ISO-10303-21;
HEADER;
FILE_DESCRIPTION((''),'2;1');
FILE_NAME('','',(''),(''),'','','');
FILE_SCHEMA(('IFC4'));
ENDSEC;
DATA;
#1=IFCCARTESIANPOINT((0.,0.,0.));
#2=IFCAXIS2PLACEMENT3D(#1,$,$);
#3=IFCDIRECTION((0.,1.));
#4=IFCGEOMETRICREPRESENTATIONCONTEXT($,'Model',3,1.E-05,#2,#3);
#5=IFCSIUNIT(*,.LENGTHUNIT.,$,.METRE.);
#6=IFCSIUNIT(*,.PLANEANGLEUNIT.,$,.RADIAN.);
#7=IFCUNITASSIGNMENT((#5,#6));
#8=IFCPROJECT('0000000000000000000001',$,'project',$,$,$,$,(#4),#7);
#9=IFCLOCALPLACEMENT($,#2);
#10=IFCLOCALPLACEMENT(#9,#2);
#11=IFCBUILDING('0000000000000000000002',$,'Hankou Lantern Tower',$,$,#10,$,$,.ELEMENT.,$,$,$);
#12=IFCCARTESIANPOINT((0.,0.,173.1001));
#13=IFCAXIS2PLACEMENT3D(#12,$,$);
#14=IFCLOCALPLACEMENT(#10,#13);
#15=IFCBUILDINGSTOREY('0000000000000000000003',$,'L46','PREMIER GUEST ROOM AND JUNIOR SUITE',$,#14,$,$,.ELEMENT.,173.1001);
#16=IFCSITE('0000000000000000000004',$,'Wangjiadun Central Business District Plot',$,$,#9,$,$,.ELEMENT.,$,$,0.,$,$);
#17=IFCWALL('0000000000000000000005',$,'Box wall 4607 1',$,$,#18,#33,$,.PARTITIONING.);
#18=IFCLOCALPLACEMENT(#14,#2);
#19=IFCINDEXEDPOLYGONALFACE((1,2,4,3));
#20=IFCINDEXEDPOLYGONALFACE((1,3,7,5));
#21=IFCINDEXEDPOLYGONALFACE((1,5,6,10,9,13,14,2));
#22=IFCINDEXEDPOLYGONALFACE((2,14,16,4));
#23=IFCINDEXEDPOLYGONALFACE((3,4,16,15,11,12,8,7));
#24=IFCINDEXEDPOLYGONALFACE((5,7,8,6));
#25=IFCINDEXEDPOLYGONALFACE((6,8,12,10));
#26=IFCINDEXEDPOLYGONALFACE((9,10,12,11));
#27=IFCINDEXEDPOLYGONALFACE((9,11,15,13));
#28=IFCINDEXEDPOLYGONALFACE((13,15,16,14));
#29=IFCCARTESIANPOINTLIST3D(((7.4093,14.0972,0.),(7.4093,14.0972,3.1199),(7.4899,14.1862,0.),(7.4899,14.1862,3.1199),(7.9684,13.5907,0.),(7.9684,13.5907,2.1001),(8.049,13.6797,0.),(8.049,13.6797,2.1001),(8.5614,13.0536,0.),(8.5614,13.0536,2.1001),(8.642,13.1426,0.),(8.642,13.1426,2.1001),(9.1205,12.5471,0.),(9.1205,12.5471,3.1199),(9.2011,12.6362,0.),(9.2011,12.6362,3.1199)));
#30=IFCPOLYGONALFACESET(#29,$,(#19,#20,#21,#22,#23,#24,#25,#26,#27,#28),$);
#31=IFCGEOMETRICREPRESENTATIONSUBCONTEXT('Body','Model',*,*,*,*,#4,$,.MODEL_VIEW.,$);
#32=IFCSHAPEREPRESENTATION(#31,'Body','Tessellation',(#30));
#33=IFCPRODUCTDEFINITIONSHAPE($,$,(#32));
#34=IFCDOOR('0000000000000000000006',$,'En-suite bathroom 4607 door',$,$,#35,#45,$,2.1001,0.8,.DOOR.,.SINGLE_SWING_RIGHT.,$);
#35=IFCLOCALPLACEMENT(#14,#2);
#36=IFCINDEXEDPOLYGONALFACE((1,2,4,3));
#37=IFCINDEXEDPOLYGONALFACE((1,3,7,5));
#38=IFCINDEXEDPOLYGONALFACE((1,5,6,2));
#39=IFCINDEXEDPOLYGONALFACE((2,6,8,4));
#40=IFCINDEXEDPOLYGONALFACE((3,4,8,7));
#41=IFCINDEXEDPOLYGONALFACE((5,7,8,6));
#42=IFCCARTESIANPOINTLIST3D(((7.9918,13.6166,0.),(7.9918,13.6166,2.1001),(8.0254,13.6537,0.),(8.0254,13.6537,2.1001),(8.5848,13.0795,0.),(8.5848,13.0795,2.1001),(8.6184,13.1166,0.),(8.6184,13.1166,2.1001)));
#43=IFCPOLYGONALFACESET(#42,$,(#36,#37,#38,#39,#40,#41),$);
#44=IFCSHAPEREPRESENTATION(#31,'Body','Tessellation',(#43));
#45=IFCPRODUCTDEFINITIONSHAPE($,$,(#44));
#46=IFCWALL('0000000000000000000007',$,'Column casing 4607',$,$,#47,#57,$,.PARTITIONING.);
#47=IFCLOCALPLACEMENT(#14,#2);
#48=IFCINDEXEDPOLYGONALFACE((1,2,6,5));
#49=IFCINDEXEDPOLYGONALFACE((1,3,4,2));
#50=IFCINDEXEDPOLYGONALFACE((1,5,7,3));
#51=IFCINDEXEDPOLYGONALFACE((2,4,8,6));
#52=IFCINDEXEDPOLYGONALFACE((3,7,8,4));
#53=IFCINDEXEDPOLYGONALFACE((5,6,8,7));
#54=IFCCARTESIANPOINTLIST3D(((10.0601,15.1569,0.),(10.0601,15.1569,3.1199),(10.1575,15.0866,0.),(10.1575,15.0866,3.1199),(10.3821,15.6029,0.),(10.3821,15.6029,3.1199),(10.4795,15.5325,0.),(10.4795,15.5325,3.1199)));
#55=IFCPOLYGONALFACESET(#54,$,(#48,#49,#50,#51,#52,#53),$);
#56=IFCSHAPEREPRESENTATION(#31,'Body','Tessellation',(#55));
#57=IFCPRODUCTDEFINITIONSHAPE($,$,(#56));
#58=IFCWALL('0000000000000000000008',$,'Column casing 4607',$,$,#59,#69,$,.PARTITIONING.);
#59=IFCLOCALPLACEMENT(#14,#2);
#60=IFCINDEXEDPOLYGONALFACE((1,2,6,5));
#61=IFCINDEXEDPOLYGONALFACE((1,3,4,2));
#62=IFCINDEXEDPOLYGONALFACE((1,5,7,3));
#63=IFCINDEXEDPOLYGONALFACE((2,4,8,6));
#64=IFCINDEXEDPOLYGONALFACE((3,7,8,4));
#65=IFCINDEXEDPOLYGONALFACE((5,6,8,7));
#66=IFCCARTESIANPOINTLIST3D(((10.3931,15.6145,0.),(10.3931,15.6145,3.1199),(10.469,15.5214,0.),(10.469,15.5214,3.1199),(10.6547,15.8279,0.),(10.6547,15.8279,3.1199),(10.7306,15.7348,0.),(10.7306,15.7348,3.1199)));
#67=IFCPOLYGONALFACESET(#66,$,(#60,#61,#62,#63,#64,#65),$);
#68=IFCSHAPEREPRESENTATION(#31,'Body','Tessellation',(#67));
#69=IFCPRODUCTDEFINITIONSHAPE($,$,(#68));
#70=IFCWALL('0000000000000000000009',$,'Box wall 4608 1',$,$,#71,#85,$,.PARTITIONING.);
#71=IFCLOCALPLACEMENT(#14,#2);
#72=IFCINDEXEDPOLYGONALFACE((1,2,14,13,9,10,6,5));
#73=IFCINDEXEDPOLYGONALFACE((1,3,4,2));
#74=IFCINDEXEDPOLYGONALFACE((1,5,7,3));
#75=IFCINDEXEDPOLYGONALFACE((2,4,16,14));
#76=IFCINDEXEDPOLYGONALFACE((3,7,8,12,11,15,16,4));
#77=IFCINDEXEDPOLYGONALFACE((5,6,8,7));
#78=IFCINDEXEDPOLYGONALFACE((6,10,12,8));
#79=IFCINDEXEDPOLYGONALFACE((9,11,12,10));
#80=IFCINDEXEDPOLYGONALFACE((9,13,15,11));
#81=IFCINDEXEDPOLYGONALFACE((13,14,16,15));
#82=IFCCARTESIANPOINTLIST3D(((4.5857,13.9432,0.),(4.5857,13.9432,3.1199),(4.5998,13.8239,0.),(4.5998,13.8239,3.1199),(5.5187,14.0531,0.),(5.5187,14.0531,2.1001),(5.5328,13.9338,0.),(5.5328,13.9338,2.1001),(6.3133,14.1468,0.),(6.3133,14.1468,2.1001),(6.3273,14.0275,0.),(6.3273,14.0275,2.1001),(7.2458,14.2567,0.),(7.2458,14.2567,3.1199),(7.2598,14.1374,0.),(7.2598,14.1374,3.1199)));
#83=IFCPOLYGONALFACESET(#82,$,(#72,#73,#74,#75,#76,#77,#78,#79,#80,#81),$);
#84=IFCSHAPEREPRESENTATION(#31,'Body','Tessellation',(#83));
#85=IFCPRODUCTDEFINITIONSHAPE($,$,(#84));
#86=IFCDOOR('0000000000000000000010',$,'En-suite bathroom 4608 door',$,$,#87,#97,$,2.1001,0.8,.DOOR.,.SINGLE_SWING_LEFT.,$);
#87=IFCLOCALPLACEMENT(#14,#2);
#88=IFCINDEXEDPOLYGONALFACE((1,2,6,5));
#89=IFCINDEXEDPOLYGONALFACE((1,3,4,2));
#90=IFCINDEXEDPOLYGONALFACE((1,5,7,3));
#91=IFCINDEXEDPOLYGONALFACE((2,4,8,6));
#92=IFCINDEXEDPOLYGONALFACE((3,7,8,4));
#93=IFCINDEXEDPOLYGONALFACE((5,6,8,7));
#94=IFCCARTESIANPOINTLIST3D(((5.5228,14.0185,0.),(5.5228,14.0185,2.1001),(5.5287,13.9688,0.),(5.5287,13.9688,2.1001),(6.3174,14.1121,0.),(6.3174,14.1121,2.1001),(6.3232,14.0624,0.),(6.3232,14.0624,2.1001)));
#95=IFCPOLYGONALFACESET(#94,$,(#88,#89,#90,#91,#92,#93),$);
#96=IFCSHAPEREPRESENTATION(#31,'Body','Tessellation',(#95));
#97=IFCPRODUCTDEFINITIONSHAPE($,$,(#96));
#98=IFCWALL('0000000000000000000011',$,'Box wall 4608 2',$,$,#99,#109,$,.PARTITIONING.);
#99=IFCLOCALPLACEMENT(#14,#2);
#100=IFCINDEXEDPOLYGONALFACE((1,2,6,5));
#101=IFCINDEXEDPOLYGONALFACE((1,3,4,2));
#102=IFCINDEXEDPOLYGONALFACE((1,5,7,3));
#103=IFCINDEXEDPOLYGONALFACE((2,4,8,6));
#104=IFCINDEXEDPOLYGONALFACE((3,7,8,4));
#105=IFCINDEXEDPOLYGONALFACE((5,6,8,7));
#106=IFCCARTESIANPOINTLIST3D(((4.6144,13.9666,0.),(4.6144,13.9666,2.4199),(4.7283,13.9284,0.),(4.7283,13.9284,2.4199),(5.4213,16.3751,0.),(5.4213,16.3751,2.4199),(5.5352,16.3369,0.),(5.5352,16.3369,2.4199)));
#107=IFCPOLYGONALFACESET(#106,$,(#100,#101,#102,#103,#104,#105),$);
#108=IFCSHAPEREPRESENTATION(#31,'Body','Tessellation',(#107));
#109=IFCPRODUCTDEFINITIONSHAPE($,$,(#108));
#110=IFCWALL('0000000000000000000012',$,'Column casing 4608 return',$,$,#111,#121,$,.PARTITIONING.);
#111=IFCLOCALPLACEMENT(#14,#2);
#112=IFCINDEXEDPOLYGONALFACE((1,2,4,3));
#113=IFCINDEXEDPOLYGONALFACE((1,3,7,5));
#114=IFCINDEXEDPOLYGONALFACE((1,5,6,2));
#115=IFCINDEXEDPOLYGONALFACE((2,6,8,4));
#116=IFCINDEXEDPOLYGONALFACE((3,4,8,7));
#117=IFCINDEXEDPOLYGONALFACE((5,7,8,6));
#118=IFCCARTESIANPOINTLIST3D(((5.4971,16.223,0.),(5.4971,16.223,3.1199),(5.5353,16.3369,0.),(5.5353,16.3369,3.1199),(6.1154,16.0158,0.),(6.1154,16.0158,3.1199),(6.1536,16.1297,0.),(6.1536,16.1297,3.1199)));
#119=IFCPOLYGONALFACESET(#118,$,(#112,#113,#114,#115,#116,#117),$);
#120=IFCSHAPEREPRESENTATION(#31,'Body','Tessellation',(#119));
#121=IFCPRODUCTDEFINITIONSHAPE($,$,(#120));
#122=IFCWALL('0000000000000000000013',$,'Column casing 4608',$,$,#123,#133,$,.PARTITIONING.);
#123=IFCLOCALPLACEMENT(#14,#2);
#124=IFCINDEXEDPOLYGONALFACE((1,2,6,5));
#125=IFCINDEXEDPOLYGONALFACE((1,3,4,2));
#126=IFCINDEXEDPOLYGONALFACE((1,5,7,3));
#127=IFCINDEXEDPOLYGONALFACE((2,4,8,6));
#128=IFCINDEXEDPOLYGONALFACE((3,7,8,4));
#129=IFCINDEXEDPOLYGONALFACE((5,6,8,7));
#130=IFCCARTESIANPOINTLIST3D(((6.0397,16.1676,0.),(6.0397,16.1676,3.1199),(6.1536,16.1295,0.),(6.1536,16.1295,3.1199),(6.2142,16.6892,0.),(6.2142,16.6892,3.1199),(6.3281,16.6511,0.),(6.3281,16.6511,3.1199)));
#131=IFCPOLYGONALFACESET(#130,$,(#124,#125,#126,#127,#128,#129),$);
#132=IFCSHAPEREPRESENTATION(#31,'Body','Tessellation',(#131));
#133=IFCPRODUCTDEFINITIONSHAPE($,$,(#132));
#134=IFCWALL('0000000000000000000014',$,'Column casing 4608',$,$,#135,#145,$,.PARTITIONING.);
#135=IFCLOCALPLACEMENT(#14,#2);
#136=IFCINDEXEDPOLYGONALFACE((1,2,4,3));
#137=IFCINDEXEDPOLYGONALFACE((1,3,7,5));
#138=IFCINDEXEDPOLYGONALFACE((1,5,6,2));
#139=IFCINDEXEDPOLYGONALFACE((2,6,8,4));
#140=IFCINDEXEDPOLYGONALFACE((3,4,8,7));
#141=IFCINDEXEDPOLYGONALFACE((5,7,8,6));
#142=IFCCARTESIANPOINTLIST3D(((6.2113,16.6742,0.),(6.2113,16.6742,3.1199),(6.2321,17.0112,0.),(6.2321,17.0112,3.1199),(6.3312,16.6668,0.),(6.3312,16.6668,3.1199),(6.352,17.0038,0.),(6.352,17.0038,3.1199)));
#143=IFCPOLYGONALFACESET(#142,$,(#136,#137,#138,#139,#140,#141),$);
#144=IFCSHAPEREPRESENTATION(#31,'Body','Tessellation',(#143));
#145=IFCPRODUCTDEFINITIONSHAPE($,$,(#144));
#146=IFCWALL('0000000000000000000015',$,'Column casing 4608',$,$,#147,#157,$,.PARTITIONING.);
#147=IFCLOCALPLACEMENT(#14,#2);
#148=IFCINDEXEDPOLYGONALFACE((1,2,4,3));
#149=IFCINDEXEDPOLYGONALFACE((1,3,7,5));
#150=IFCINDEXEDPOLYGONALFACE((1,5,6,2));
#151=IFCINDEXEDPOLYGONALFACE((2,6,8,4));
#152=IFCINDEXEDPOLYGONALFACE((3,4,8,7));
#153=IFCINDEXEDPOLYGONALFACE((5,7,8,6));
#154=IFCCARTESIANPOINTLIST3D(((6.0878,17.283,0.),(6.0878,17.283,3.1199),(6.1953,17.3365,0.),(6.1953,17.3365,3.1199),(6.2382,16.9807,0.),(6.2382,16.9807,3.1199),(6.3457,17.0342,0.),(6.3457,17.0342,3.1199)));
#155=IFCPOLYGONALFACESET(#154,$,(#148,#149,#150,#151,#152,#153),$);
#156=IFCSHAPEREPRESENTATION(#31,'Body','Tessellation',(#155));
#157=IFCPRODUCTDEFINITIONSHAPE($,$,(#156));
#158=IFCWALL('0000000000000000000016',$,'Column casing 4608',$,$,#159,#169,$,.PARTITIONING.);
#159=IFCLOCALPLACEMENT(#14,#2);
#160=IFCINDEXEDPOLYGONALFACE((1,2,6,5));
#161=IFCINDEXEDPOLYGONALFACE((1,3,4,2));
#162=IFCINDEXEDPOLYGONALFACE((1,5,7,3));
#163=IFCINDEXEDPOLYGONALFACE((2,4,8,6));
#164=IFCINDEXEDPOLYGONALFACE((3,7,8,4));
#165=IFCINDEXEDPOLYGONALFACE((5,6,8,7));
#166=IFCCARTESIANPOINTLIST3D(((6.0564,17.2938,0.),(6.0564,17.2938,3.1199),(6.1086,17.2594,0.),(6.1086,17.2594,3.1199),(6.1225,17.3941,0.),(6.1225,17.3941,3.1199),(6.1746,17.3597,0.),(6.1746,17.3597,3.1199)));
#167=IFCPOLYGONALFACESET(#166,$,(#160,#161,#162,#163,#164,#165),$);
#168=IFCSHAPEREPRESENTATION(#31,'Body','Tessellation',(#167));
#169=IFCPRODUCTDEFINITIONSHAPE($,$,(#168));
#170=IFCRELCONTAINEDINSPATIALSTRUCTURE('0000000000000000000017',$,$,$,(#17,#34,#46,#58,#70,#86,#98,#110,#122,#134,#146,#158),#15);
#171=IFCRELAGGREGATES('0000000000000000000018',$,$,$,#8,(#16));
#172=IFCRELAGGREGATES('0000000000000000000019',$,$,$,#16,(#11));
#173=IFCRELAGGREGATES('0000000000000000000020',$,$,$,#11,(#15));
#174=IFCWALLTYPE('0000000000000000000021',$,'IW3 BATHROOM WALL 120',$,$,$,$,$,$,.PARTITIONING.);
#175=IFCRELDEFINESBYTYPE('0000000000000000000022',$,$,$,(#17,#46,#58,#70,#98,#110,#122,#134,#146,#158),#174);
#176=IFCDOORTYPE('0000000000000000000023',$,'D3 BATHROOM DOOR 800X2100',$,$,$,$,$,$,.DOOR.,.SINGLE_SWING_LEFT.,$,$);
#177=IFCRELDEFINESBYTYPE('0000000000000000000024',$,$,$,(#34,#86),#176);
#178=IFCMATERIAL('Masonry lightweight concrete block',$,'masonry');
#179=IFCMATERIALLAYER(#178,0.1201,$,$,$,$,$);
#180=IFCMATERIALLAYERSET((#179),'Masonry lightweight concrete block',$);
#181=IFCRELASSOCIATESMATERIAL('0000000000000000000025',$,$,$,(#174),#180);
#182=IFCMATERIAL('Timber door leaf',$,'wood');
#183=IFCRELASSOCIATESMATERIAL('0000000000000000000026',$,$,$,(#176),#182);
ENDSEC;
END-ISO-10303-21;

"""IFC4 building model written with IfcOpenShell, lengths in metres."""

from ifc_helpers import new_model, si_unit, direction, frame, frame_2d, origin, place, context, subcontext, project, spatial, rectangle, extrude, material, layer, layer_set, type_object, element, fill, save


model = new_model("IFC4")

# Units and contexts
model_context = context("Model", 3, precision=1e-05, world=origin(), true_north=direction((0.0, 1.0)))
body_context = subcontext(model_context, "Body", "Model", "MODEL_VIEW")
ifc_project = project(units=[si_unit("LENGTHUNIT", "METRE"), si_unit("PLANEANGLEUNIT", "RADIAN")], contexts=[model_context])

# Site, building, storey
site_placement = place(None, origin())
site = spatial("IfcSite", under=ifc_project, at=site_placement, Name="Wangjiadun Central Business District Plot", CompositionType="ELEMENT", RefElevation=0.0)
building_placement = place(site_placement, origin())
building = spatial("IfcBuilding", under=site, at=building_placement, Name="Hankou Lantern Tower", CompositionType="ELEMENT")
storey_placement = place(building_placement, frame((0.0, 0.0, 173.1001)))
storey = spatial("IfcBuildingStorey", under=building, at=storey_placement, Name="L46", Description="PREMIER GUEST ROOM AND JUNIOR SUITE", CompositionType="ELEMENT", Elevation=173.1001)

# Wall, opening, door
ifc_material_1 = material(Name="Masonry lightweight concrete block", Category="masonry")
ifc_layer_1 = layer(ifc_material_1, 0.1201)
ifc_layer_set_1 = layer_set([ifc_layer_1], Name="Masonry lightweight concrete block")
wall_type_1 = type_object("IfcWallType", Name="IW3 BATHROOM WALL 120", PredefinedType="PARTITIONING", material=ifc_layer_set_1)
wall_1_placement = place(storey_placement, frame((7.4497, 14.1416, 0.0), z_axis=(0.0, 0.0, 1.0), x_axis=(0.74114, -0.671351, 0.0)))
wall_1 = element("IfcWall", 1, at=wall_1_placement, inside=storey, type_object=wall_type_1, Name="Box wall 4607 1", PredefinedType="PARTITIONING", context=body_context, shape_type="SweptSolid", body=[
    extrude(rectangle(XDim=2.3088, YDim=0.1201, at=frame_2d((1.1543, 0.0))), origin(), (0.0, 0.0, 1.0), 3.1199),
])
opening_1_placement = place(wall_1_placement, frame((0.7544, 0.0, 0.0)))
opening_1 = element("IfcOpeningElement", 2, at=opening_1_placement, cuts=wall_1, PredefinedType="OPENING", context=body_context, shape_type="SweptSolid", body=[
    extrude(rectangle(XDim=0.8, YDim=2.1001, at=frame_2d((0.3999, 1.05))), frame((0.0, 0.0701, 0.0), z_axis=(0.0, -1.0, 0.0), x_axis=(1.0, 0.0, 0.0)), (0.0, 0.0, 1.0), 0.1401),
])
ifc_material_2 = material(Name="Timber door leaf", Category="wood")
door_type = type_object("IfcDoorType", Name="D3 BATHROOM DOOR 800X2100", OperationType="SINGLE_SWING_LEFT", PredefinedType="DOOR", material=ifc_material_2)
door_1_placement = place(opening_1_placement, origin())
door_1 = element("IfcDoor", 3, at=door_1_placement, inside=storey, type_object=door_type, Name="En-suite bathroom 4607 door", OperationType="SINGLE_SWING_RIGHT", OverallHeight=2.1001, OverallWidth=0.8, PredefinedType="DOOR", context=body_context, shape_type="SweptSolid", body=[
    extrude(rectangle(XDim=0.8, YDim=2.1001, at=frame_2d((0.3999, 1.05))), frame((0.0, 0.0249, 0.0), z_axis=(0.0, -1.0, 0.0), x_axis=(1.0, 0.0, 0.0)), (0.0, 0.0, 1.0), 0.05),
])
fill(opening_1, door_1)

# Walls
wall_2_placement = place(storey_placement, frame((10.1089, 15.1218, 0.0), z_axis=(0.0, 0.0, 1.0), x_axis=(0.585345, 0.810785, 0.0)))
element("IfcWall", 4, at=wall_2_placement, inside=storey, type_object=wall_type_1, Name="Column casing 4607", PredefinedType="PARTITIONING", context=body_context, shape_type="SweptSolid", body=[
    extrude(rectangle(XDim=0.55, YDim=0.1201, at=frame_2d((0.2749, 0.0))), origin(), (0.0, 0.0, 1.0), 3.1199),
])
wall_3_placement = place(storey_placement, frame((10.4309, 15.5679, 0.0), z_axis=(0.0, 0.0, 1.0), x_axis=(0.775051, 0.631898, 0.0)))
element("IfcWall", 5, at=wall_3_placement, inside=storey, type_object=wall_type_1, Name="Column casing 4607", PredefinedType="PARTITIONING", context=body_context, shape_type="SweptSolid", body=[
    extrude(rectangle(XDim=0.3376, YDim=0.1201, at=frame_2d((0.1689, 0.0))), origin(), (0.0, 0.0, 1.0), 3.1199),
])

# Wall, opening, door
wall_4_placement = place(storey_placement, frame((7.2529, 14.197, 0.0), z_axis=(0.0, 0.0, 1.0), x_axis=(-0.993128, -0.117032, 0.0)))
wall_4 = element("IfcWall", 6, at=wall_4_placement, inside=storey, type_object=wall_type_1, Name="Box wall 4608 1", PredefinedType="PARTITIONING", context=body_context, shape_type="SweptSolid", body=[
    extrude(rectangle(XDim=2.6785, YDim=0.1201, at=frame_2d((1.3394, 0.0))), origin(), (0.0, 0.0, 1.0), 3.1199),
])
opening_2_placement = place(wall_4_placement, frame((0.9392, 0.0, 0.0)))
opening_2 = element("IfcOpeningElement", 7, at=opening_2_placement, cuts=wall_4, PredefinedType="OPENING", context=body_context, shape_type="SweptSolid", body=[
    extrude(rectangle(XDim=0.8, YDim=2.1001, at=frame_2d((0.3999, 1.05))), frame((0.0, 0.0701, 0.0), z_axis=(0.0, -1.0, 0.0), x_axis=(1.0, 0.0, 0.0)), (0.0, 0.0, 1.0), 0.1401),
])
door_2_placement = place(opening_2_placement, origin())
door_2 = element("IfcDoor", 8, at=door_2_placement, inside=storey, type_object=door_type, Name="En-suite bathroom 4608 door", OperationType="SINGLE_SWING_LEFT", OverallHeight=2.1001, OverallWidth=0.8, PredefinedType="DOOR", context=body_context, shape_type="SweptSolid", body=[
    extrude(rectangle(XDim=0.8, YDim=2.1001, at=frame_2d((0.3999, 1.05))), frame((0.0, 0.0249, 0.0), z_axis=(0.0, -1.0, 0.0), x_axis=(1.0, 0.0, 0.0)), (0.0, 0.0, 1.0), 0.05),
])
fill(opening_2, door_2)

# Walls
wall_5_placement = place(storey_placement, frame((4.6714, 13.9475, 0.0), z_axis=(0.0, 0.0, 1.0), x_axis=(0.317669, 0.948202, 0.0)))
element("IfcWall", 9, at=wall_5_placement, inside=storey, type_object=wall_type_1, Name="Box wall 4608 2", PredefinedType="PARTITIONING", context=body_context, shape_type="SweptSolid", body=[
    extrude(rectangle(XDim=2.54, YDim=0.1201, at=frame_2d((1.27, 0.0))), origin(), (0.0, 0.0, 1.0), 2.4199),
])
wall_6_placement = place(storey_placement, frame((5.5161, 16.28, 0.0), z_axis=(0.0, 0.0, 1.0), x_axis=(0.948158, -0.317799, 0.0)))
element("IfcWall", 10, at=wall_6_placement, inside=storey, type_object=wall_type_1, Name="Column casing 4608 return", PredefinedType="PARTITIONING", context=body_context, shape_type="SweptSolid", body=[
    extrude(rectangle(XDim=0.6521, YDim=0.1201, at=frame_2d((0.3262, 0.0))), origin(), (0.0, 0.0, 1.0), 3.1199),
])
wall_7_placement = place(storey_placement, frame((6.0967, 16.1487, 0.0), z_axis=(0.0, 0.0, 1.0), x_axis=(0.317293, 0.948328, 0.0)))
element("IfcWall", 11, at=wall_7_placement, inside=storey, type_object=wall_type_1, Name="Column casing 4608", PredefinedType="PARTITIONING", context=body_context, shape_type="SweptSolid", body=[
    extrude(rectangle(XDim=0.55, YDim=0.1201, at=frame_2d((0.2749, 0.0))), origin(), (0.0, 0.0, 1.0), 3.1199),
])
for number, where, z_axis, x_axis, name in (
    (12, (6.2712, 16.6704, 0.0), (0.0, 0.0, 1.0), (0.061478, 0.998108, 0.0), "Column casing 4608"),
    (13, (6.292, 17.0073, 0.0), (0.0, 0.0, 1.0), (-0.445477, 0.895293, 0.0), "Column casing 4608"),
):
    element("IfcWall", number, at=place(storey_placement, frame(where, z_axis=z_axis, x_axis=x_axis)), inside=storey, type_object=wall_type_1, Name=name, PredefinedType="PARTITIONING", context=body_context, shape_type="SweptSolid", body=[
        extrude(rectangle(XDim=0.3376, YDim=0.1201, at=frame_2d((0.1689, 0.0))), origin(), (0.0, 0.0, 1.0), 3.1199),
    ])
wall_8_placement = place(storey_placement, frame((6.1416, 17.3096, 0.0), z_axis=(0.0, 0.0, 1.0), x_axis=(-0.83504, 0.55019, 0.0)))
element("IfcWall", 14, at=wall_8_placement, inside=storey, type_object=wall_type_1, Name="Column casing 4608", PredefinedType="PARTITIONING", context=body_context, shape_type="SweptSolid", body=[
    extrude(rectangle(XDim=0.0625, YDim=0.1201, at=frame_2d((0.0312, 0.0))), origin(), (0.0, 0.0, 1.0), 3.1199),
])

save(model, "model.ifc")
